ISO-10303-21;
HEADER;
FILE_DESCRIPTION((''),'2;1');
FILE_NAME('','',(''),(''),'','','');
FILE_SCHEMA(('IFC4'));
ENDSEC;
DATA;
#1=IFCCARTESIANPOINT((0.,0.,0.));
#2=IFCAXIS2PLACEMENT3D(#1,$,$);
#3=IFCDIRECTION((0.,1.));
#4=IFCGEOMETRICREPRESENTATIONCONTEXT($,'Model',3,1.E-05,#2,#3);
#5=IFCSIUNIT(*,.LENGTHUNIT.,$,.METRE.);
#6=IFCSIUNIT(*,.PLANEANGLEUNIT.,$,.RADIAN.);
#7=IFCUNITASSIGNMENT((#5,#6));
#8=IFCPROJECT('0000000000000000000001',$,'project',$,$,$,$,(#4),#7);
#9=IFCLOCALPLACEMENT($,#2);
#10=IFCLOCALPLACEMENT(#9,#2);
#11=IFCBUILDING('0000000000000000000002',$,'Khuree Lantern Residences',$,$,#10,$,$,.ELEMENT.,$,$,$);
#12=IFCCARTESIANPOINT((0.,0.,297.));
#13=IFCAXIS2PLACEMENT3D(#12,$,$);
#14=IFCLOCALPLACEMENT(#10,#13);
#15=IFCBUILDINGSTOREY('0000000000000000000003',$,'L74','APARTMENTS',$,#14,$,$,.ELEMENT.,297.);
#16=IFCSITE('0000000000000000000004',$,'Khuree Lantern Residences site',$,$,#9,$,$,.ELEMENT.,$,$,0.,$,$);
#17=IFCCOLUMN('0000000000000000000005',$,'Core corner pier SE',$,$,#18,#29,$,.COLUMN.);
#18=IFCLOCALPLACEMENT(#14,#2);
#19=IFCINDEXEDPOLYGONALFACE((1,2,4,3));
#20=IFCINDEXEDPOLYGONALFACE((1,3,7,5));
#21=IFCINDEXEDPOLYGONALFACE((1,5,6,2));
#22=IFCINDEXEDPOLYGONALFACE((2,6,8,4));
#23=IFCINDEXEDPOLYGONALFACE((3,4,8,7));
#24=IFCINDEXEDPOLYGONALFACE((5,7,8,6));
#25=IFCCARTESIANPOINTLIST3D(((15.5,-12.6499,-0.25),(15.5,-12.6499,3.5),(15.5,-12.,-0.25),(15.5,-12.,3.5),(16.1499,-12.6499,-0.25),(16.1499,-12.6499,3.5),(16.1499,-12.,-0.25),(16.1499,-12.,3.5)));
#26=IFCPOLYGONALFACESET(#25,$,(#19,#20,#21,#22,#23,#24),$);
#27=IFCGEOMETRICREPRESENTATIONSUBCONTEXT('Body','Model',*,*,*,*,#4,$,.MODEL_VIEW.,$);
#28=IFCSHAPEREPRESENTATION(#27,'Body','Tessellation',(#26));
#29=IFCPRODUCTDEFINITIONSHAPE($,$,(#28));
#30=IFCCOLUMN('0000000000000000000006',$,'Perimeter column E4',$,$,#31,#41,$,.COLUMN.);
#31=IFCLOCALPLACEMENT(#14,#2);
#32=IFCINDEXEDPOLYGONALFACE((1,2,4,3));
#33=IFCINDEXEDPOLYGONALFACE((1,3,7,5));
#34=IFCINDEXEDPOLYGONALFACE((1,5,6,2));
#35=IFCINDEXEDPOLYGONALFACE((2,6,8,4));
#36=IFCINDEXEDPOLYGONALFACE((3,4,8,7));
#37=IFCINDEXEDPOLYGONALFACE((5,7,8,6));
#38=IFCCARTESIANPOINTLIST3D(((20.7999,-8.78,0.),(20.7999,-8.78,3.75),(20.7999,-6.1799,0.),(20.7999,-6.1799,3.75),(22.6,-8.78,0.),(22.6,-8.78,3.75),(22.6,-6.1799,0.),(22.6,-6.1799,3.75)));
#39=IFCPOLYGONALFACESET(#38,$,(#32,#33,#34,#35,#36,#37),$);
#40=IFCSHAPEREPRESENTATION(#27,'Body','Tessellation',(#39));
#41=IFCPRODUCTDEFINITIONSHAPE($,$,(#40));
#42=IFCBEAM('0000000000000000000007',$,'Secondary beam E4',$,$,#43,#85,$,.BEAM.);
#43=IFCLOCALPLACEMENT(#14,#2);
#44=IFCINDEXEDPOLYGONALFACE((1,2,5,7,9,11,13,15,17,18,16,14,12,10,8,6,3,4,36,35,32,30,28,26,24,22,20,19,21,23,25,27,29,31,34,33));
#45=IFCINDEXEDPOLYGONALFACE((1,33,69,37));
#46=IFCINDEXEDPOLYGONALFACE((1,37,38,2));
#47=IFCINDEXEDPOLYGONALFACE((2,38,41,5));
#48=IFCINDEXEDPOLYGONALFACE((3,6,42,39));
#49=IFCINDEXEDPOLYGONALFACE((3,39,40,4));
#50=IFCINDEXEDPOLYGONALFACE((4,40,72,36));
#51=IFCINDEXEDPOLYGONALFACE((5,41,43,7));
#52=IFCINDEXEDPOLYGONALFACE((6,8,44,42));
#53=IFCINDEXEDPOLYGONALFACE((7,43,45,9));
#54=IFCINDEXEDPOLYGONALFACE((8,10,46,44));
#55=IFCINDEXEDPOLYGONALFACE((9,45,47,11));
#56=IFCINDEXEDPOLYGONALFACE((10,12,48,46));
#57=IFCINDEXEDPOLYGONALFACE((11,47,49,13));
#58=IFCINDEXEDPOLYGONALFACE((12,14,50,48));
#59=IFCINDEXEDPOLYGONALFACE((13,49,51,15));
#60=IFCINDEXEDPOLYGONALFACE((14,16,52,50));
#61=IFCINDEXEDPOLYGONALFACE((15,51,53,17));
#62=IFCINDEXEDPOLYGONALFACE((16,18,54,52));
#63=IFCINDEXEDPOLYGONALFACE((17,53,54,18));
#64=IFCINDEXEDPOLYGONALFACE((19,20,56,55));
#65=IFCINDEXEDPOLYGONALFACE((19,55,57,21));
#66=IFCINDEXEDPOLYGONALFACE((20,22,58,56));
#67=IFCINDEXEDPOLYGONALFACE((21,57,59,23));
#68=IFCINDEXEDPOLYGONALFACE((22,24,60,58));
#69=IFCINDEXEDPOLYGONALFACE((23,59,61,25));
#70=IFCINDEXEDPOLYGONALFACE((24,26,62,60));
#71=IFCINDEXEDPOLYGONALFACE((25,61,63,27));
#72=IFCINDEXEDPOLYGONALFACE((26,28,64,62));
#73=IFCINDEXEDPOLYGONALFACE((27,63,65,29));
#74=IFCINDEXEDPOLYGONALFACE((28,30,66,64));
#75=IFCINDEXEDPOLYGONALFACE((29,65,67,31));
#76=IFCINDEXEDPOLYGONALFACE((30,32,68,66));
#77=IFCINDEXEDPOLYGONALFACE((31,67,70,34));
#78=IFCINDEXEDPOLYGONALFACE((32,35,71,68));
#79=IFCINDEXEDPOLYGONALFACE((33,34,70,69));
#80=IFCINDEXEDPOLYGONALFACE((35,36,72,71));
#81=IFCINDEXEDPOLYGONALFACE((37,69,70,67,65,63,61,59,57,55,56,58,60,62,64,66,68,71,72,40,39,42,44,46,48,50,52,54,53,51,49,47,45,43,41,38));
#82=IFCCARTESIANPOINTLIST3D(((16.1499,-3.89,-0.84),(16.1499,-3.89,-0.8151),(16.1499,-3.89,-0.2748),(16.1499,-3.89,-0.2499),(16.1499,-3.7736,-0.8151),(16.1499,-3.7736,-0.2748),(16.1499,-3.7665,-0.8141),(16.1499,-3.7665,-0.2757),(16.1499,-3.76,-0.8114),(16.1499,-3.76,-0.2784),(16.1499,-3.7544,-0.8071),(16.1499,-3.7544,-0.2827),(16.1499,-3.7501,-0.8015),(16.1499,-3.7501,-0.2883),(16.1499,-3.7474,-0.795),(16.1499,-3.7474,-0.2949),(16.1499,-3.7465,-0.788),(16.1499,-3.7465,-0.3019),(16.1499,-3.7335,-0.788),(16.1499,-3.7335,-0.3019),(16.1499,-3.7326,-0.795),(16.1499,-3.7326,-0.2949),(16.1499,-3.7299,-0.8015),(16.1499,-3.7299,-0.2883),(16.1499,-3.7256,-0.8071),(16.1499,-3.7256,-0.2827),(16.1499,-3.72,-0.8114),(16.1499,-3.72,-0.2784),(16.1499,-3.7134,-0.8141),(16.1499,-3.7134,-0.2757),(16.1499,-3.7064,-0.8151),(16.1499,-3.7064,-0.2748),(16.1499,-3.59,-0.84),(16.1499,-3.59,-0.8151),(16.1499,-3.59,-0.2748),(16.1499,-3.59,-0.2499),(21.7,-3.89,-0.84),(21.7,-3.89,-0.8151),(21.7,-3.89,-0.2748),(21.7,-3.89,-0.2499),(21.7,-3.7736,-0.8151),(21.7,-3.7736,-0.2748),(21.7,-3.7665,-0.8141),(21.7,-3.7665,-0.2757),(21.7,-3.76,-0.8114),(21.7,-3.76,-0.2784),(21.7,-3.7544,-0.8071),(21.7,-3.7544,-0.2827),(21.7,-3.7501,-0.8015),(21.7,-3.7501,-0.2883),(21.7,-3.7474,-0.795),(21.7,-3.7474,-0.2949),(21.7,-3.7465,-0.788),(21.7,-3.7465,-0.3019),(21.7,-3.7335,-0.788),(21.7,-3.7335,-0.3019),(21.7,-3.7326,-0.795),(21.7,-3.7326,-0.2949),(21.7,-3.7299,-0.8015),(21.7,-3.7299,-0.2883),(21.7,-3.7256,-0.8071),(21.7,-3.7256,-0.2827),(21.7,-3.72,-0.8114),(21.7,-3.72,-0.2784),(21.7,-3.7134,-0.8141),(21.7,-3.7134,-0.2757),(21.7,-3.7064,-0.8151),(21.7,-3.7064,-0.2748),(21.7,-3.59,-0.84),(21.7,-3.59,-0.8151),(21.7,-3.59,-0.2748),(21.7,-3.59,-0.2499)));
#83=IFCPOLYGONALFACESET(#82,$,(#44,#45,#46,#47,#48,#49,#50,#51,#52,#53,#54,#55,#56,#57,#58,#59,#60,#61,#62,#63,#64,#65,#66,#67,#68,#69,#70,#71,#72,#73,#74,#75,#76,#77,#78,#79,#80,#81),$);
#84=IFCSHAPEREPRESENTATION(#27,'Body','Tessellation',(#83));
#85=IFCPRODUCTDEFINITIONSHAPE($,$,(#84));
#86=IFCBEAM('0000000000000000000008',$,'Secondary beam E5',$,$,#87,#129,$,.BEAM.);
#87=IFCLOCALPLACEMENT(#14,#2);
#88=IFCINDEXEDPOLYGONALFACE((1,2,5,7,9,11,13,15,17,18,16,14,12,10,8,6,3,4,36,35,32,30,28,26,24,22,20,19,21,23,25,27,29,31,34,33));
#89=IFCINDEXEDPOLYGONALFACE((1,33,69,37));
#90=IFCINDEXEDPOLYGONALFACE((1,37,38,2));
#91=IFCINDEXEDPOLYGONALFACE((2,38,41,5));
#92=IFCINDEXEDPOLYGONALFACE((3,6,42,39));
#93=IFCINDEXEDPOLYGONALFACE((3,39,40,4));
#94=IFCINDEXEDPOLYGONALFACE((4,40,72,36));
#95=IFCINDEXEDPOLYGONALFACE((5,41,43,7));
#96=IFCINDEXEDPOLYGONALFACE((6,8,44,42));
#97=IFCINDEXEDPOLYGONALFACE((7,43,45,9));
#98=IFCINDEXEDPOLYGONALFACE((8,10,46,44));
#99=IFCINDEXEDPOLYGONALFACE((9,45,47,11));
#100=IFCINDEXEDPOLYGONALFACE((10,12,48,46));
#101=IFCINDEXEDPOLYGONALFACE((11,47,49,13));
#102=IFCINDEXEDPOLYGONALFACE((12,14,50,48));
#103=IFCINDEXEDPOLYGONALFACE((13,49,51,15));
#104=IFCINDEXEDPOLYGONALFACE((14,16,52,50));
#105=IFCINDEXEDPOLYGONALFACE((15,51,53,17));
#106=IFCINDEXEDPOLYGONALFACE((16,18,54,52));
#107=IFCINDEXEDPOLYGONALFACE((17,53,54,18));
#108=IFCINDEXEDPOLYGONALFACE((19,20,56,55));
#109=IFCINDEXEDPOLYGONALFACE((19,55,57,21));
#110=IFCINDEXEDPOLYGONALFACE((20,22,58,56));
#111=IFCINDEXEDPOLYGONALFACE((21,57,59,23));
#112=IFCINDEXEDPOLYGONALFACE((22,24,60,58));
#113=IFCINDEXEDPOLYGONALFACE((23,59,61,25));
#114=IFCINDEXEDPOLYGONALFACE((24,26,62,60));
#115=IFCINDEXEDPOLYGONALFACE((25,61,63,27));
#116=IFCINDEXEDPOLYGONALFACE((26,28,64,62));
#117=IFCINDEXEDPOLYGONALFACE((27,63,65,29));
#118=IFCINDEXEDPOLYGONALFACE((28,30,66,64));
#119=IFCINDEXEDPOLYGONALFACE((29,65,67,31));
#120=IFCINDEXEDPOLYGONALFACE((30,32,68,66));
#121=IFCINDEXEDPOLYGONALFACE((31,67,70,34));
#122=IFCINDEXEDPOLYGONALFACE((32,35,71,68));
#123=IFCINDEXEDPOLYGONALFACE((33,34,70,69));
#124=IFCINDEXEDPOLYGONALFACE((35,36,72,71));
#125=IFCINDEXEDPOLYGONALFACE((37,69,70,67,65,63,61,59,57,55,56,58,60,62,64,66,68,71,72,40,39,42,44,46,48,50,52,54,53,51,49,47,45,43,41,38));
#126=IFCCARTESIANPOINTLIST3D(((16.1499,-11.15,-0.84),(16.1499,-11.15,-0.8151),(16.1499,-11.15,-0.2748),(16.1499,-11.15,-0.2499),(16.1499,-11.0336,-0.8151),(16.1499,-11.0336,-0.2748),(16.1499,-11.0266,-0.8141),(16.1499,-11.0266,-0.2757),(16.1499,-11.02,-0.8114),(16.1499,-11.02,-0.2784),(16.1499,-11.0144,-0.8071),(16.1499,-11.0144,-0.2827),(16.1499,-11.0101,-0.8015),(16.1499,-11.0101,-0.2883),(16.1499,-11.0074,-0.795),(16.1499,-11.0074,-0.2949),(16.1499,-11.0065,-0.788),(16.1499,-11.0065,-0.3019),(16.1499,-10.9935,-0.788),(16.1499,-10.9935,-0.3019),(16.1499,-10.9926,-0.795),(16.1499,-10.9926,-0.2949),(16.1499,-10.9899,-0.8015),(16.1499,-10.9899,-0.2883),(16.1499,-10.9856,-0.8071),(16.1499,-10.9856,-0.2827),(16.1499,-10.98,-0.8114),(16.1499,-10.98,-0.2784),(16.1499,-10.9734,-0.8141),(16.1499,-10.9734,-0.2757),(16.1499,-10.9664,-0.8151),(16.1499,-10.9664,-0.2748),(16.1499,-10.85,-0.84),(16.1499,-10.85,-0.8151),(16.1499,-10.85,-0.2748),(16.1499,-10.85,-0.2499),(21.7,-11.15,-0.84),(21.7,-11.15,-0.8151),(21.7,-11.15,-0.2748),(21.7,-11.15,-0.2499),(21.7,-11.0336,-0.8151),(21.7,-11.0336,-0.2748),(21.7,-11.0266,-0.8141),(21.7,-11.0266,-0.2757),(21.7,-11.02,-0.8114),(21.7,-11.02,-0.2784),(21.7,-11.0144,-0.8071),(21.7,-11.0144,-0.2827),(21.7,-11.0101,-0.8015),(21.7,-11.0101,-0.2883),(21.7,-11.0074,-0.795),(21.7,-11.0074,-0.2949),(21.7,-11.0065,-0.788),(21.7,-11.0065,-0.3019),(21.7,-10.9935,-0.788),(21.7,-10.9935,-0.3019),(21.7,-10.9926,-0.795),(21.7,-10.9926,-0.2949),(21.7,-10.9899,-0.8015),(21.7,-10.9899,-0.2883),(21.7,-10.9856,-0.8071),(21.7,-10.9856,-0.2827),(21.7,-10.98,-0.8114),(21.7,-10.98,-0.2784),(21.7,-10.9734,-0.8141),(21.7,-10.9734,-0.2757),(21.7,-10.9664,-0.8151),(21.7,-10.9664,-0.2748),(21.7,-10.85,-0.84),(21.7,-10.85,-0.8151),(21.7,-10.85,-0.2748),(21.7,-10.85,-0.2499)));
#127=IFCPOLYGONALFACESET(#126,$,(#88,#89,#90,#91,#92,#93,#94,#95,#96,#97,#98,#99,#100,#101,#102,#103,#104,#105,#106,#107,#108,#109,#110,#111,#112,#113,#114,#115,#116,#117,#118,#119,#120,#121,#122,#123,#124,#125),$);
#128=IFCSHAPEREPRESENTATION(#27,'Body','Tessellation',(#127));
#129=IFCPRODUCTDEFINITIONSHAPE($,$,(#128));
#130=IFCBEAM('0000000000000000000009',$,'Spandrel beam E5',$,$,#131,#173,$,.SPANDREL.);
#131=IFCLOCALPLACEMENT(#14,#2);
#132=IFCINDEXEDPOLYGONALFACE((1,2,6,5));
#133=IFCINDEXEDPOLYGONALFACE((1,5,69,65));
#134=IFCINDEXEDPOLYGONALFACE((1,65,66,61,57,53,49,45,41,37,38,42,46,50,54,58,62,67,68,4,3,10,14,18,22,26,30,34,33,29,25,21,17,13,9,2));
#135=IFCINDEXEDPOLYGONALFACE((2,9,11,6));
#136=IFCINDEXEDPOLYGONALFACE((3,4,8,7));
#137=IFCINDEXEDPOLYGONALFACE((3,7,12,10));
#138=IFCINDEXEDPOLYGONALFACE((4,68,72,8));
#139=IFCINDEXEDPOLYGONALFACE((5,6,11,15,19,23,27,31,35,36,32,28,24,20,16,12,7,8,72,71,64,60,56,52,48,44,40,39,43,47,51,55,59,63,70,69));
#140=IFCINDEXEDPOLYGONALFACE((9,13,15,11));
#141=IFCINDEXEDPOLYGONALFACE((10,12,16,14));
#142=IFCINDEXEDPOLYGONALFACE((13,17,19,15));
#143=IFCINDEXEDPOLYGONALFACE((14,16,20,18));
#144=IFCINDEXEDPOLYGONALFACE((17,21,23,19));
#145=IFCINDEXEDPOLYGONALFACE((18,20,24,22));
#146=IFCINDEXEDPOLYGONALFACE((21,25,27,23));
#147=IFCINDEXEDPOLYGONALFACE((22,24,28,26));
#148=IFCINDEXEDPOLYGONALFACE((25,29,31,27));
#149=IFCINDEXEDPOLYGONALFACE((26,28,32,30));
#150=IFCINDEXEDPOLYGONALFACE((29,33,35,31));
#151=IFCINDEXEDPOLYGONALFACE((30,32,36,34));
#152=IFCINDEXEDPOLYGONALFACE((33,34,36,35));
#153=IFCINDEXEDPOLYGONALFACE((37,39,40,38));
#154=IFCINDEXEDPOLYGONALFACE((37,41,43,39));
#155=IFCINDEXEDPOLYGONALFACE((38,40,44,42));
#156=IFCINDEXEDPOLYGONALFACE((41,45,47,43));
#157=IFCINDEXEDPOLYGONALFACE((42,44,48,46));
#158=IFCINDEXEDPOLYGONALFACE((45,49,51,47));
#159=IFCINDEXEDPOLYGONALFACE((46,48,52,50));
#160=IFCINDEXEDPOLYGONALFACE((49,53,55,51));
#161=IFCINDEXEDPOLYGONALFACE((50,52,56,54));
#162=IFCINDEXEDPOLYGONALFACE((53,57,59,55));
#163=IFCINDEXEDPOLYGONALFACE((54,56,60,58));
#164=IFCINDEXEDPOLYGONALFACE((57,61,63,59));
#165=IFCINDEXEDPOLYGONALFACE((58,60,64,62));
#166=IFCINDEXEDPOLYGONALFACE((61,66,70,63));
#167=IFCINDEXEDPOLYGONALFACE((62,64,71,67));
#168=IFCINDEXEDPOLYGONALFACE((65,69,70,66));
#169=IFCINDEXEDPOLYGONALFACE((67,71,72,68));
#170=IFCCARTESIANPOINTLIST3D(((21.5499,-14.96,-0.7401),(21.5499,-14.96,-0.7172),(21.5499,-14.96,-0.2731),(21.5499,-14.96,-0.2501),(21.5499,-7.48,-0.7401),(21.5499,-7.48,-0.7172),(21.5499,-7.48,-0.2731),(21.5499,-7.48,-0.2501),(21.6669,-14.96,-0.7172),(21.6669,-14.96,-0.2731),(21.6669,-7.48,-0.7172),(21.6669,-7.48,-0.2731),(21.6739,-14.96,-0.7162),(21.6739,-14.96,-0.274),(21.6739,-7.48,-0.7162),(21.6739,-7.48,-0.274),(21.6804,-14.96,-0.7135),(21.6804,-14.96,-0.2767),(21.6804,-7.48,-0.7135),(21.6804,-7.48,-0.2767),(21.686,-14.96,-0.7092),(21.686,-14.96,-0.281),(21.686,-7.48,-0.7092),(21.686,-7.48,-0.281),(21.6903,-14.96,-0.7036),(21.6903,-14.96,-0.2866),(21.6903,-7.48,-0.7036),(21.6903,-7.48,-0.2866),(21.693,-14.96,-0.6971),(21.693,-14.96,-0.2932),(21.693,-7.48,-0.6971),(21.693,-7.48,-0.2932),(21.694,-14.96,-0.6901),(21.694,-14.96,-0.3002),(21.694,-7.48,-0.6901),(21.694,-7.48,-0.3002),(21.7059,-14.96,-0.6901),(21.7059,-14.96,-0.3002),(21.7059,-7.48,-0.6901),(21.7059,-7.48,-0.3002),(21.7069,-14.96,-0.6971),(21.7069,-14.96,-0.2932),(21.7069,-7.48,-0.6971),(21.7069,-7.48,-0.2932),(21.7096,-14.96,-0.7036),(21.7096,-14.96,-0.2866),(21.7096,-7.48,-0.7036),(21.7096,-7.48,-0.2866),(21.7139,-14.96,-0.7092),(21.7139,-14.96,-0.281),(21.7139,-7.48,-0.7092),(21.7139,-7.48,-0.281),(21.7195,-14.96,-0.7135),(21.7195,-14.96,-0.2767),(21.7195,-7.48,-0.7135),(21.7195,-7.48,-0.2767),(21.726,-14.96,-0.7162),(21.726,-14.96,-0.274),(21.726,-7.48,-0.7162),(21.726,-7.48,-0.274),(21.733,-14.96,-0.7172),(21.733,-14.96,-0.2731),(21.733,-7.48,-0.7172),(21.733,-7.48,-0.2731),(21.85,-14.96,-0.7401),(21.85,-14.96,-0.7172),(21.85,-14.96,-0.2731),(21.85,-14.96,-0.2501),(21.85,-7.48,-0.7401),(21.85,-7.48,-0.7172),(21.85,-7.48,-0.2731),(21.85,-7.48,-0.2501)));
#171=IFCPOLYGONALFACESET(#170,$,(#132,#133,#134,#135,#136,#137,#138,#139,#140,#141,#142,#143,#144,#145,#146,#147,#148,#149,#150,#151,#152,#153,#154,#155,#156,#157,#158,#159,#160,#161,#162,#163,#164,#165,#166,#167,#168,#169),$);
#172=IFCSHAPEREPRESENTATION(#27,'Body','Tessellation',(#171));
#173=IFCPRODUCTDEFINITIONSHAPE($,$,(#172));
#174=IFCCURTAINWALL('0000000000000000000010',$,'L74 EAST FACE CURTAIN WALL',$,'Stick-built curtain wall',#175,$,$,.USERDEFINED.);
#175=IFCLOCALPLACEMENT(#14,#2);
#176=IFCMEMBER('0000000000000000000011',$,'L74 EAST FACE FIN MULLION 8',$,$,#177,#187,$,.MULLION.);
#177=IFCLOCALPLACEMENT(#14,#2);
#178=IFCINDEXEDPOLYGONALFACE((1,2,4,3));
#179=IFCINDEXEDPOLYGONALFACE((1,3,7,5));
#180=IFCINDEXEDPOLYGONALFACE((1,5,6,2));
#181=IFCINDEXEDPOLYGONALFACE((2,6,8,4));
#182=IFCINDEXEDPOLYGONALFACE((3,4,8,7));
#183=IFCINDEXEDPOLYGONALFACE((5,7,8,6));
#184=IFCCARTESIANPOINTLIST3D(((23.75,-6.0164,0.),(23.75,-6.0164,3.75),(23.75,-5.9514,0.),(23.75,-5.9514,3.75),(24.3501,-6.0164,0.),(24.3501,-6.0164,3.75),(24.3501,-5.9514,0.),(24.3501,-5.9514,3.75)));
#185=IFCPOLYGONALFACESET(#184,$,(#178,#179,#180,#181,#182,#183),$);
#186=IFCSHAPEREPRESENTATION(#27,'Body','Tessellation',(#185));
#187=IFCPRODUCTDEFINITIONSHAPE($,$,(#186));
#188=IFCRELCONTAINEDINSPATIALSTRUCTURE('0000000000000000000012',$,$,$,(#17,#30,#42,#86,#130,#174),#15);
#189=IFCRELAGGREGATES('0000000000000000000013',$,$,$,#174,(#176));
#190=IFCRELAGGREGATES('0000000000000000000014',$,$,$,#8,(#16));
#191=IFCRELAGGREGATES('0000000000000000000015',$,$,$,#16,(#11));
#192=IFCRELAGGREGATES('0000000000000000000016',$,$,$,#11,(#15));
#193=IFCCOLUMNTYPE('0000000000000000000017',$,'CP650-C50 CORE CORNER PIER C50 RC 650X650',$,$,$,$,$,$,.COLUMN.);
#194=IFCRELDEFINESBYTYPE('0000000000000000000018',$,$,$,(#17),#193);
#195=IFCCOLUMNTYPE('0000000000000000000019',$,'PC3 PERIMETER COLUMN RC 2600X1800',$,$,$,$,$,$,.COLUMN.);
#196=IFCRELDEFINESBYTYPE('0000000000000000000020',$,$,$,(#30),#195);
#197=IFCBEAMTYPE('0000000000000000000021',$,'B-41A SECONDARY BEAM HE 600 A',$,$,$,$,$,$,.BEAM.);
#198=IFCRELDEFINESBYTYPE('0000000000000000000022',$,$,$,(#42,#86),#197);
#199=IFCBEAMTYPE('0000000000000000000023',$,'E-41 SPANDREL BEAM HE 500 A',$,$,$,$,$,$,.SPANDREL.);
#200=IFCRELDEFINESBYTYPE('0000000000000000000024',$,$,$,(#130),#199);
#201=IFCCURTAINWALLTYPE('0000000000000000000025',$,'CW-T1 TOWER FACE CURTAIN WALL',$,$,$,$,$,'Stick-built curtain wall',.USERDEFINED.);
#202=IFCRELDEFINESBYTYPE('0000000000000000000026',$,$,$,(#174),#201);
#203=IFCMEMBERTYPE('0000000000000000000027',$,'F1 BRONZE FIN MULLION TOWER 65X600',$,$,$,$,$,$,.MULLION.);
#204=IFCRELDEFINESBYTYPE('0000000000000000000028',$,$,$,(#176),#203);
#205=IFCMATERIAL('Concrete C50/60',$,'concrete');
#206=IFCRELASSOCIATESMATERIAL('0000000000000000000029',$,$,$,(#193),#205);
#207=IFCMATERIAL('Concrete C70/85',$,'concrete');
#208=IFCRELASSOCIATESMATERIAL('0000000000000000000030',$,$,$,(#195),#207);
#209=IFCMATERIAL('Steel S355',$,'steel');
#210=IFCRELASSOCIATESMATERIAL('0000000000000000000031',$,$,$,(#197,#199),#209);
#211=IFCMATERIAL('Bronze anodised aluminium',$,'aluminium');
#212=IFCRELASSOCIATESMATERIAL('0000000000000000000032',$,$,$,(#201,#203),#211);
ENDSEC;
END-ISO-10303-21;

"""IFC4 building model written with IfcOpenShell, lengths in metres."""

from ifc_helpers import new_model, si_unit, direction, frame, origin, origin_2d, place, context, subcontext, project, spatial, rectangle, i_section, extrude, material, material_profile, profile_set, type_object, element, aggregate, save


model = new_model("IFC4")

# Units and contexts
model_context = context("Model", 3, precision=1e-05, world=origin(), true_north=direction((0.0, 1.0)))
body_context = subcontext(model_context, "Body", "Model", "MODEL_VIEW")
ifc_project = project(units=[si_unit("LENGTHUNIT", "METRE"), si_unit("PLANEANGLEUNIT", "RADIAN")], contexts=[model_context])

# Site, building, storey
site_placement = place(None, origin())
site = spatial("IfcSite", under=ifc_project, at=site_placement, Name="Khuree Lantern Residences site", CompositionType="ELEMENT", RefElevation=0.0)
building_placement = place(site_placement, origin())
building = spatial("IfcBuilding", under=site, at=building_placement, Name="Khuree Lantern Residences", CompositionType="ELEMENT")
storey_placement = place(building_placement, frame((0.0, 0.0, 297.0)))
storey = spatial("IfcBuildingStorey", under=building, at=storey_placement, Name="L74", Description="APARTMENTS", CompositionType="ELEMENT", Elevation=297.0)

# Columns
ifc_material_1 = material(Name="Concrete C50/60", Category="concrete")
ifc_material_profile_1 = material_profile(ifc_material_1, rectangle(XDim=0.6499, YDim=0.6499, at=origin_2d()), Name="RC 650X650")
ifc_profile_set_1 = profile_set([ifc_material_profile_1], Name="Concrete C50/60")
column_type_1 = type_object("IfcColumnType", Name="CP650-C50 CORE CORNER PIER C50 RC 650X650", PredefinedType="COLUMN", material=ifc_profile_set_1)
column_1_placement = place(storey_placement, frame((15.825, -12.325, -0.25), z_axis=(0.0, 0.0, 1.0), x_axis=(1.0, 0.0, 0.0)))
element("IfcColumn", 1, at=column_1_placement, inside=storey, type_object=column_type_1, Name="Core corner pier SE", PredefinedType="COLUMN", context=body_context, shape_type="SweptSolid", body=[
    extrude(rectangle(XDim=0.6499, YDim=0.6499, at=origin_2d()), origin(), (0.0, 0.0, 1.0), 3.75),
])
ifc_material_2 = material(Name="Concrete C70/85", Category="concrete")
ifc_material_profile_2 = material_profile(ifc_material_2, rectangle(XDim=2.6001, YDim=1.8, at=origin_2d()), Name="RC 2600X1800")
ifc_profile_set_2 = profile_set([ifc_material_profile_2], Name="Concrete C70/85")
column_type_2 = type_object("IfcColumnType", Name="PC3 PERIMETER COLUMN RC 2600X1800", PredefinedType="COLUMN", material=ifc_profile_set_2)
column_2_placement = place(storey_placement, frame((21.7, -7.48, 0.0), z_axis=(0.0, 0.0, 1.0), x_axis=(0.0, 1.0, 0.0)))
element("IfcColumn", 2, at=column_2_placement, inside=storey, type_object=column_type_2, Name="Perimeter column E4", PredefinedType="COLUMN", context=body_context, shape_type="SweptSolid", body=[
    extrude(rectangle(XDim=2.6001, YDim=1.8, at=origin_2d()), origin(), (0.0, 0.0, 1.0), 3.75),
])

# Beams
ifc_material_3 = material(Name="Steel S355", Category="steel")
ifc_material_profile_3 = material_profile(ifc_material_3, i_section(OverallWidth=0.3, OverallDepth=0.5901, WebThickness=0.0129, FlangeThickness=0.0249, FilletRadius=0.0271, at=origin_2d()), Name="HE 600 A")
ifc_profile_set_3 = profile_set([ifc_material_profile_3], Name="Steel S355")
beam_type_1 = type_object("IfcBeamType", Name="B-41A SECONDARY BEAM HE 600 A", PredefinedType="BEAM", material=ifc_profile_set_3)
for number, where, z_axis, x_axis, name in (
    (3, (21.7, -3.74, -0.5449), (-1.0, 0.0, 0.0), (0.0, -1.0, 0.0), "Secondary beam E4"),
    (4, (21.7, -11.0, -0.5449), (-1.0, 0.0, 0.0), (0.0, -1.0, 0.0), "Secondary beam E5"),
):
    element("IfcBeam", number, at=place(storey_placement, frame(where, z_axis=z_axis, x_axis=x_axis)), inside=storey, type_object=beam_type_1, Name=name, PredefinedType="BEAM", context=body_context, shape_type="SweptSolid", body=[
        extrude(i_section(OverallWidth=0.3, OverallDepth=0.5901, WebThickness=0.0129, FlangeThickness=0.0249, FilletRadius=0.0271, at=origin_2d()), origin(), (0.0, 0.0, 1.0), 5.55),
    ])
ifc_material_profile_4 = material_profile(ifc_material_3, i_section(OverallWidth=0.3, OverallDepth=0.49, WebThickness=0.012, FlangeThickness=0.0229, FilletRadius=0.0271, at=origin_2d()), Name="HE 500 A")
ifc_profile_set_4 = profile_set([ifc_material_profile_4], Name="Steel S355")
beam_type_2 = type_object("IfcBeamType", Name="E-41 SPANDREL BEAM HE 500 A", PredefinedType="SPANDREL", material=ifc_profile_set_4)
beam_1_placement = place(storey_placement, frame((21.7, -7.48, -0.4951), z_axis=(0.0, -1.0, 0.0), x_axis=(1.0, 0.0, 0.0)))
element("IfcBeam", 5, at=beam_1_placement, inside=storey, type_object=beam_type_2, Name="Spandrel beam E5", PredefinedType="SPANDREL", context=body_context, shape_type="SweptSolid", body=[
    extrude(i_section(OverallWidth=0.3, OverallDepth=0.49, WebThickness=0.012, FlangeThickness=0.0229, FilletRadius=0.0271, at=origin_2d()), origin(), (0.0, 0.0, 1.0), 7.48),
])

# Curtain wall, member
ifc_material_4 = material(Name="Bronze anodised aluminium", Category="aluminium")
curtain_wall_type = type_object("IfcCurtainWallType", Name="CW-T1 TOWER FACE CURTAIN WALL", ElementType="Stick-built curtain wall", PredefinedType="USERDEFINED", material=ifc_material_4)
curtain_wall_placement = place(storey_placement, origin())
curtain_wall = element("IfcCurtainWall", 6, at=curtain_wall_placement, inside=storey, type_object=curtain_wall_type, Name="L74 EAST FACE CURTAIN WALL", ObjectType="Stick-built curtain wall", PredefinedType="USERDEFINED")
ifc_material_profile_5 = material_profile(ifc_material_4, rectangle(XDim=0.0649, YDim=0.6001, at=origin_2d()), Name="F1 65X600")
ifc_profile_set_5 = profile_set([ifc_material_profile_5], Name="Bronze anodised aluminium")
member_type_1 = type_object("IfcMemberType", Name="F1 BRONZE FIN MULLION TOWER 65X600", PredefinedType="MULLION", material=ifc_profile_set_5)
member_1_placement = place(storey_placement, frame((24.05, -5.9839, 0.0), z_axis=(0.0, 0.0, 1.0), x_axis=(0.0, 1.0, 0.0)))
member_1 = element("IfcMember", 7, at=member_1_placement, type_object=member_type_1, Name="L74 EAST FACE FIN MULLION 8", PredefinedType="MULLION", context=body_context, shape_type="SweptSolid", body=[
    extrude(rectangle(XDim=0.0649, YDim=0.6001, at=origin_2d()), origin(), (0.0, 0.0, 1.0), 3.75),
])

aggregate(curtain_wall, [member_1])

save(model, "model.ifc")
